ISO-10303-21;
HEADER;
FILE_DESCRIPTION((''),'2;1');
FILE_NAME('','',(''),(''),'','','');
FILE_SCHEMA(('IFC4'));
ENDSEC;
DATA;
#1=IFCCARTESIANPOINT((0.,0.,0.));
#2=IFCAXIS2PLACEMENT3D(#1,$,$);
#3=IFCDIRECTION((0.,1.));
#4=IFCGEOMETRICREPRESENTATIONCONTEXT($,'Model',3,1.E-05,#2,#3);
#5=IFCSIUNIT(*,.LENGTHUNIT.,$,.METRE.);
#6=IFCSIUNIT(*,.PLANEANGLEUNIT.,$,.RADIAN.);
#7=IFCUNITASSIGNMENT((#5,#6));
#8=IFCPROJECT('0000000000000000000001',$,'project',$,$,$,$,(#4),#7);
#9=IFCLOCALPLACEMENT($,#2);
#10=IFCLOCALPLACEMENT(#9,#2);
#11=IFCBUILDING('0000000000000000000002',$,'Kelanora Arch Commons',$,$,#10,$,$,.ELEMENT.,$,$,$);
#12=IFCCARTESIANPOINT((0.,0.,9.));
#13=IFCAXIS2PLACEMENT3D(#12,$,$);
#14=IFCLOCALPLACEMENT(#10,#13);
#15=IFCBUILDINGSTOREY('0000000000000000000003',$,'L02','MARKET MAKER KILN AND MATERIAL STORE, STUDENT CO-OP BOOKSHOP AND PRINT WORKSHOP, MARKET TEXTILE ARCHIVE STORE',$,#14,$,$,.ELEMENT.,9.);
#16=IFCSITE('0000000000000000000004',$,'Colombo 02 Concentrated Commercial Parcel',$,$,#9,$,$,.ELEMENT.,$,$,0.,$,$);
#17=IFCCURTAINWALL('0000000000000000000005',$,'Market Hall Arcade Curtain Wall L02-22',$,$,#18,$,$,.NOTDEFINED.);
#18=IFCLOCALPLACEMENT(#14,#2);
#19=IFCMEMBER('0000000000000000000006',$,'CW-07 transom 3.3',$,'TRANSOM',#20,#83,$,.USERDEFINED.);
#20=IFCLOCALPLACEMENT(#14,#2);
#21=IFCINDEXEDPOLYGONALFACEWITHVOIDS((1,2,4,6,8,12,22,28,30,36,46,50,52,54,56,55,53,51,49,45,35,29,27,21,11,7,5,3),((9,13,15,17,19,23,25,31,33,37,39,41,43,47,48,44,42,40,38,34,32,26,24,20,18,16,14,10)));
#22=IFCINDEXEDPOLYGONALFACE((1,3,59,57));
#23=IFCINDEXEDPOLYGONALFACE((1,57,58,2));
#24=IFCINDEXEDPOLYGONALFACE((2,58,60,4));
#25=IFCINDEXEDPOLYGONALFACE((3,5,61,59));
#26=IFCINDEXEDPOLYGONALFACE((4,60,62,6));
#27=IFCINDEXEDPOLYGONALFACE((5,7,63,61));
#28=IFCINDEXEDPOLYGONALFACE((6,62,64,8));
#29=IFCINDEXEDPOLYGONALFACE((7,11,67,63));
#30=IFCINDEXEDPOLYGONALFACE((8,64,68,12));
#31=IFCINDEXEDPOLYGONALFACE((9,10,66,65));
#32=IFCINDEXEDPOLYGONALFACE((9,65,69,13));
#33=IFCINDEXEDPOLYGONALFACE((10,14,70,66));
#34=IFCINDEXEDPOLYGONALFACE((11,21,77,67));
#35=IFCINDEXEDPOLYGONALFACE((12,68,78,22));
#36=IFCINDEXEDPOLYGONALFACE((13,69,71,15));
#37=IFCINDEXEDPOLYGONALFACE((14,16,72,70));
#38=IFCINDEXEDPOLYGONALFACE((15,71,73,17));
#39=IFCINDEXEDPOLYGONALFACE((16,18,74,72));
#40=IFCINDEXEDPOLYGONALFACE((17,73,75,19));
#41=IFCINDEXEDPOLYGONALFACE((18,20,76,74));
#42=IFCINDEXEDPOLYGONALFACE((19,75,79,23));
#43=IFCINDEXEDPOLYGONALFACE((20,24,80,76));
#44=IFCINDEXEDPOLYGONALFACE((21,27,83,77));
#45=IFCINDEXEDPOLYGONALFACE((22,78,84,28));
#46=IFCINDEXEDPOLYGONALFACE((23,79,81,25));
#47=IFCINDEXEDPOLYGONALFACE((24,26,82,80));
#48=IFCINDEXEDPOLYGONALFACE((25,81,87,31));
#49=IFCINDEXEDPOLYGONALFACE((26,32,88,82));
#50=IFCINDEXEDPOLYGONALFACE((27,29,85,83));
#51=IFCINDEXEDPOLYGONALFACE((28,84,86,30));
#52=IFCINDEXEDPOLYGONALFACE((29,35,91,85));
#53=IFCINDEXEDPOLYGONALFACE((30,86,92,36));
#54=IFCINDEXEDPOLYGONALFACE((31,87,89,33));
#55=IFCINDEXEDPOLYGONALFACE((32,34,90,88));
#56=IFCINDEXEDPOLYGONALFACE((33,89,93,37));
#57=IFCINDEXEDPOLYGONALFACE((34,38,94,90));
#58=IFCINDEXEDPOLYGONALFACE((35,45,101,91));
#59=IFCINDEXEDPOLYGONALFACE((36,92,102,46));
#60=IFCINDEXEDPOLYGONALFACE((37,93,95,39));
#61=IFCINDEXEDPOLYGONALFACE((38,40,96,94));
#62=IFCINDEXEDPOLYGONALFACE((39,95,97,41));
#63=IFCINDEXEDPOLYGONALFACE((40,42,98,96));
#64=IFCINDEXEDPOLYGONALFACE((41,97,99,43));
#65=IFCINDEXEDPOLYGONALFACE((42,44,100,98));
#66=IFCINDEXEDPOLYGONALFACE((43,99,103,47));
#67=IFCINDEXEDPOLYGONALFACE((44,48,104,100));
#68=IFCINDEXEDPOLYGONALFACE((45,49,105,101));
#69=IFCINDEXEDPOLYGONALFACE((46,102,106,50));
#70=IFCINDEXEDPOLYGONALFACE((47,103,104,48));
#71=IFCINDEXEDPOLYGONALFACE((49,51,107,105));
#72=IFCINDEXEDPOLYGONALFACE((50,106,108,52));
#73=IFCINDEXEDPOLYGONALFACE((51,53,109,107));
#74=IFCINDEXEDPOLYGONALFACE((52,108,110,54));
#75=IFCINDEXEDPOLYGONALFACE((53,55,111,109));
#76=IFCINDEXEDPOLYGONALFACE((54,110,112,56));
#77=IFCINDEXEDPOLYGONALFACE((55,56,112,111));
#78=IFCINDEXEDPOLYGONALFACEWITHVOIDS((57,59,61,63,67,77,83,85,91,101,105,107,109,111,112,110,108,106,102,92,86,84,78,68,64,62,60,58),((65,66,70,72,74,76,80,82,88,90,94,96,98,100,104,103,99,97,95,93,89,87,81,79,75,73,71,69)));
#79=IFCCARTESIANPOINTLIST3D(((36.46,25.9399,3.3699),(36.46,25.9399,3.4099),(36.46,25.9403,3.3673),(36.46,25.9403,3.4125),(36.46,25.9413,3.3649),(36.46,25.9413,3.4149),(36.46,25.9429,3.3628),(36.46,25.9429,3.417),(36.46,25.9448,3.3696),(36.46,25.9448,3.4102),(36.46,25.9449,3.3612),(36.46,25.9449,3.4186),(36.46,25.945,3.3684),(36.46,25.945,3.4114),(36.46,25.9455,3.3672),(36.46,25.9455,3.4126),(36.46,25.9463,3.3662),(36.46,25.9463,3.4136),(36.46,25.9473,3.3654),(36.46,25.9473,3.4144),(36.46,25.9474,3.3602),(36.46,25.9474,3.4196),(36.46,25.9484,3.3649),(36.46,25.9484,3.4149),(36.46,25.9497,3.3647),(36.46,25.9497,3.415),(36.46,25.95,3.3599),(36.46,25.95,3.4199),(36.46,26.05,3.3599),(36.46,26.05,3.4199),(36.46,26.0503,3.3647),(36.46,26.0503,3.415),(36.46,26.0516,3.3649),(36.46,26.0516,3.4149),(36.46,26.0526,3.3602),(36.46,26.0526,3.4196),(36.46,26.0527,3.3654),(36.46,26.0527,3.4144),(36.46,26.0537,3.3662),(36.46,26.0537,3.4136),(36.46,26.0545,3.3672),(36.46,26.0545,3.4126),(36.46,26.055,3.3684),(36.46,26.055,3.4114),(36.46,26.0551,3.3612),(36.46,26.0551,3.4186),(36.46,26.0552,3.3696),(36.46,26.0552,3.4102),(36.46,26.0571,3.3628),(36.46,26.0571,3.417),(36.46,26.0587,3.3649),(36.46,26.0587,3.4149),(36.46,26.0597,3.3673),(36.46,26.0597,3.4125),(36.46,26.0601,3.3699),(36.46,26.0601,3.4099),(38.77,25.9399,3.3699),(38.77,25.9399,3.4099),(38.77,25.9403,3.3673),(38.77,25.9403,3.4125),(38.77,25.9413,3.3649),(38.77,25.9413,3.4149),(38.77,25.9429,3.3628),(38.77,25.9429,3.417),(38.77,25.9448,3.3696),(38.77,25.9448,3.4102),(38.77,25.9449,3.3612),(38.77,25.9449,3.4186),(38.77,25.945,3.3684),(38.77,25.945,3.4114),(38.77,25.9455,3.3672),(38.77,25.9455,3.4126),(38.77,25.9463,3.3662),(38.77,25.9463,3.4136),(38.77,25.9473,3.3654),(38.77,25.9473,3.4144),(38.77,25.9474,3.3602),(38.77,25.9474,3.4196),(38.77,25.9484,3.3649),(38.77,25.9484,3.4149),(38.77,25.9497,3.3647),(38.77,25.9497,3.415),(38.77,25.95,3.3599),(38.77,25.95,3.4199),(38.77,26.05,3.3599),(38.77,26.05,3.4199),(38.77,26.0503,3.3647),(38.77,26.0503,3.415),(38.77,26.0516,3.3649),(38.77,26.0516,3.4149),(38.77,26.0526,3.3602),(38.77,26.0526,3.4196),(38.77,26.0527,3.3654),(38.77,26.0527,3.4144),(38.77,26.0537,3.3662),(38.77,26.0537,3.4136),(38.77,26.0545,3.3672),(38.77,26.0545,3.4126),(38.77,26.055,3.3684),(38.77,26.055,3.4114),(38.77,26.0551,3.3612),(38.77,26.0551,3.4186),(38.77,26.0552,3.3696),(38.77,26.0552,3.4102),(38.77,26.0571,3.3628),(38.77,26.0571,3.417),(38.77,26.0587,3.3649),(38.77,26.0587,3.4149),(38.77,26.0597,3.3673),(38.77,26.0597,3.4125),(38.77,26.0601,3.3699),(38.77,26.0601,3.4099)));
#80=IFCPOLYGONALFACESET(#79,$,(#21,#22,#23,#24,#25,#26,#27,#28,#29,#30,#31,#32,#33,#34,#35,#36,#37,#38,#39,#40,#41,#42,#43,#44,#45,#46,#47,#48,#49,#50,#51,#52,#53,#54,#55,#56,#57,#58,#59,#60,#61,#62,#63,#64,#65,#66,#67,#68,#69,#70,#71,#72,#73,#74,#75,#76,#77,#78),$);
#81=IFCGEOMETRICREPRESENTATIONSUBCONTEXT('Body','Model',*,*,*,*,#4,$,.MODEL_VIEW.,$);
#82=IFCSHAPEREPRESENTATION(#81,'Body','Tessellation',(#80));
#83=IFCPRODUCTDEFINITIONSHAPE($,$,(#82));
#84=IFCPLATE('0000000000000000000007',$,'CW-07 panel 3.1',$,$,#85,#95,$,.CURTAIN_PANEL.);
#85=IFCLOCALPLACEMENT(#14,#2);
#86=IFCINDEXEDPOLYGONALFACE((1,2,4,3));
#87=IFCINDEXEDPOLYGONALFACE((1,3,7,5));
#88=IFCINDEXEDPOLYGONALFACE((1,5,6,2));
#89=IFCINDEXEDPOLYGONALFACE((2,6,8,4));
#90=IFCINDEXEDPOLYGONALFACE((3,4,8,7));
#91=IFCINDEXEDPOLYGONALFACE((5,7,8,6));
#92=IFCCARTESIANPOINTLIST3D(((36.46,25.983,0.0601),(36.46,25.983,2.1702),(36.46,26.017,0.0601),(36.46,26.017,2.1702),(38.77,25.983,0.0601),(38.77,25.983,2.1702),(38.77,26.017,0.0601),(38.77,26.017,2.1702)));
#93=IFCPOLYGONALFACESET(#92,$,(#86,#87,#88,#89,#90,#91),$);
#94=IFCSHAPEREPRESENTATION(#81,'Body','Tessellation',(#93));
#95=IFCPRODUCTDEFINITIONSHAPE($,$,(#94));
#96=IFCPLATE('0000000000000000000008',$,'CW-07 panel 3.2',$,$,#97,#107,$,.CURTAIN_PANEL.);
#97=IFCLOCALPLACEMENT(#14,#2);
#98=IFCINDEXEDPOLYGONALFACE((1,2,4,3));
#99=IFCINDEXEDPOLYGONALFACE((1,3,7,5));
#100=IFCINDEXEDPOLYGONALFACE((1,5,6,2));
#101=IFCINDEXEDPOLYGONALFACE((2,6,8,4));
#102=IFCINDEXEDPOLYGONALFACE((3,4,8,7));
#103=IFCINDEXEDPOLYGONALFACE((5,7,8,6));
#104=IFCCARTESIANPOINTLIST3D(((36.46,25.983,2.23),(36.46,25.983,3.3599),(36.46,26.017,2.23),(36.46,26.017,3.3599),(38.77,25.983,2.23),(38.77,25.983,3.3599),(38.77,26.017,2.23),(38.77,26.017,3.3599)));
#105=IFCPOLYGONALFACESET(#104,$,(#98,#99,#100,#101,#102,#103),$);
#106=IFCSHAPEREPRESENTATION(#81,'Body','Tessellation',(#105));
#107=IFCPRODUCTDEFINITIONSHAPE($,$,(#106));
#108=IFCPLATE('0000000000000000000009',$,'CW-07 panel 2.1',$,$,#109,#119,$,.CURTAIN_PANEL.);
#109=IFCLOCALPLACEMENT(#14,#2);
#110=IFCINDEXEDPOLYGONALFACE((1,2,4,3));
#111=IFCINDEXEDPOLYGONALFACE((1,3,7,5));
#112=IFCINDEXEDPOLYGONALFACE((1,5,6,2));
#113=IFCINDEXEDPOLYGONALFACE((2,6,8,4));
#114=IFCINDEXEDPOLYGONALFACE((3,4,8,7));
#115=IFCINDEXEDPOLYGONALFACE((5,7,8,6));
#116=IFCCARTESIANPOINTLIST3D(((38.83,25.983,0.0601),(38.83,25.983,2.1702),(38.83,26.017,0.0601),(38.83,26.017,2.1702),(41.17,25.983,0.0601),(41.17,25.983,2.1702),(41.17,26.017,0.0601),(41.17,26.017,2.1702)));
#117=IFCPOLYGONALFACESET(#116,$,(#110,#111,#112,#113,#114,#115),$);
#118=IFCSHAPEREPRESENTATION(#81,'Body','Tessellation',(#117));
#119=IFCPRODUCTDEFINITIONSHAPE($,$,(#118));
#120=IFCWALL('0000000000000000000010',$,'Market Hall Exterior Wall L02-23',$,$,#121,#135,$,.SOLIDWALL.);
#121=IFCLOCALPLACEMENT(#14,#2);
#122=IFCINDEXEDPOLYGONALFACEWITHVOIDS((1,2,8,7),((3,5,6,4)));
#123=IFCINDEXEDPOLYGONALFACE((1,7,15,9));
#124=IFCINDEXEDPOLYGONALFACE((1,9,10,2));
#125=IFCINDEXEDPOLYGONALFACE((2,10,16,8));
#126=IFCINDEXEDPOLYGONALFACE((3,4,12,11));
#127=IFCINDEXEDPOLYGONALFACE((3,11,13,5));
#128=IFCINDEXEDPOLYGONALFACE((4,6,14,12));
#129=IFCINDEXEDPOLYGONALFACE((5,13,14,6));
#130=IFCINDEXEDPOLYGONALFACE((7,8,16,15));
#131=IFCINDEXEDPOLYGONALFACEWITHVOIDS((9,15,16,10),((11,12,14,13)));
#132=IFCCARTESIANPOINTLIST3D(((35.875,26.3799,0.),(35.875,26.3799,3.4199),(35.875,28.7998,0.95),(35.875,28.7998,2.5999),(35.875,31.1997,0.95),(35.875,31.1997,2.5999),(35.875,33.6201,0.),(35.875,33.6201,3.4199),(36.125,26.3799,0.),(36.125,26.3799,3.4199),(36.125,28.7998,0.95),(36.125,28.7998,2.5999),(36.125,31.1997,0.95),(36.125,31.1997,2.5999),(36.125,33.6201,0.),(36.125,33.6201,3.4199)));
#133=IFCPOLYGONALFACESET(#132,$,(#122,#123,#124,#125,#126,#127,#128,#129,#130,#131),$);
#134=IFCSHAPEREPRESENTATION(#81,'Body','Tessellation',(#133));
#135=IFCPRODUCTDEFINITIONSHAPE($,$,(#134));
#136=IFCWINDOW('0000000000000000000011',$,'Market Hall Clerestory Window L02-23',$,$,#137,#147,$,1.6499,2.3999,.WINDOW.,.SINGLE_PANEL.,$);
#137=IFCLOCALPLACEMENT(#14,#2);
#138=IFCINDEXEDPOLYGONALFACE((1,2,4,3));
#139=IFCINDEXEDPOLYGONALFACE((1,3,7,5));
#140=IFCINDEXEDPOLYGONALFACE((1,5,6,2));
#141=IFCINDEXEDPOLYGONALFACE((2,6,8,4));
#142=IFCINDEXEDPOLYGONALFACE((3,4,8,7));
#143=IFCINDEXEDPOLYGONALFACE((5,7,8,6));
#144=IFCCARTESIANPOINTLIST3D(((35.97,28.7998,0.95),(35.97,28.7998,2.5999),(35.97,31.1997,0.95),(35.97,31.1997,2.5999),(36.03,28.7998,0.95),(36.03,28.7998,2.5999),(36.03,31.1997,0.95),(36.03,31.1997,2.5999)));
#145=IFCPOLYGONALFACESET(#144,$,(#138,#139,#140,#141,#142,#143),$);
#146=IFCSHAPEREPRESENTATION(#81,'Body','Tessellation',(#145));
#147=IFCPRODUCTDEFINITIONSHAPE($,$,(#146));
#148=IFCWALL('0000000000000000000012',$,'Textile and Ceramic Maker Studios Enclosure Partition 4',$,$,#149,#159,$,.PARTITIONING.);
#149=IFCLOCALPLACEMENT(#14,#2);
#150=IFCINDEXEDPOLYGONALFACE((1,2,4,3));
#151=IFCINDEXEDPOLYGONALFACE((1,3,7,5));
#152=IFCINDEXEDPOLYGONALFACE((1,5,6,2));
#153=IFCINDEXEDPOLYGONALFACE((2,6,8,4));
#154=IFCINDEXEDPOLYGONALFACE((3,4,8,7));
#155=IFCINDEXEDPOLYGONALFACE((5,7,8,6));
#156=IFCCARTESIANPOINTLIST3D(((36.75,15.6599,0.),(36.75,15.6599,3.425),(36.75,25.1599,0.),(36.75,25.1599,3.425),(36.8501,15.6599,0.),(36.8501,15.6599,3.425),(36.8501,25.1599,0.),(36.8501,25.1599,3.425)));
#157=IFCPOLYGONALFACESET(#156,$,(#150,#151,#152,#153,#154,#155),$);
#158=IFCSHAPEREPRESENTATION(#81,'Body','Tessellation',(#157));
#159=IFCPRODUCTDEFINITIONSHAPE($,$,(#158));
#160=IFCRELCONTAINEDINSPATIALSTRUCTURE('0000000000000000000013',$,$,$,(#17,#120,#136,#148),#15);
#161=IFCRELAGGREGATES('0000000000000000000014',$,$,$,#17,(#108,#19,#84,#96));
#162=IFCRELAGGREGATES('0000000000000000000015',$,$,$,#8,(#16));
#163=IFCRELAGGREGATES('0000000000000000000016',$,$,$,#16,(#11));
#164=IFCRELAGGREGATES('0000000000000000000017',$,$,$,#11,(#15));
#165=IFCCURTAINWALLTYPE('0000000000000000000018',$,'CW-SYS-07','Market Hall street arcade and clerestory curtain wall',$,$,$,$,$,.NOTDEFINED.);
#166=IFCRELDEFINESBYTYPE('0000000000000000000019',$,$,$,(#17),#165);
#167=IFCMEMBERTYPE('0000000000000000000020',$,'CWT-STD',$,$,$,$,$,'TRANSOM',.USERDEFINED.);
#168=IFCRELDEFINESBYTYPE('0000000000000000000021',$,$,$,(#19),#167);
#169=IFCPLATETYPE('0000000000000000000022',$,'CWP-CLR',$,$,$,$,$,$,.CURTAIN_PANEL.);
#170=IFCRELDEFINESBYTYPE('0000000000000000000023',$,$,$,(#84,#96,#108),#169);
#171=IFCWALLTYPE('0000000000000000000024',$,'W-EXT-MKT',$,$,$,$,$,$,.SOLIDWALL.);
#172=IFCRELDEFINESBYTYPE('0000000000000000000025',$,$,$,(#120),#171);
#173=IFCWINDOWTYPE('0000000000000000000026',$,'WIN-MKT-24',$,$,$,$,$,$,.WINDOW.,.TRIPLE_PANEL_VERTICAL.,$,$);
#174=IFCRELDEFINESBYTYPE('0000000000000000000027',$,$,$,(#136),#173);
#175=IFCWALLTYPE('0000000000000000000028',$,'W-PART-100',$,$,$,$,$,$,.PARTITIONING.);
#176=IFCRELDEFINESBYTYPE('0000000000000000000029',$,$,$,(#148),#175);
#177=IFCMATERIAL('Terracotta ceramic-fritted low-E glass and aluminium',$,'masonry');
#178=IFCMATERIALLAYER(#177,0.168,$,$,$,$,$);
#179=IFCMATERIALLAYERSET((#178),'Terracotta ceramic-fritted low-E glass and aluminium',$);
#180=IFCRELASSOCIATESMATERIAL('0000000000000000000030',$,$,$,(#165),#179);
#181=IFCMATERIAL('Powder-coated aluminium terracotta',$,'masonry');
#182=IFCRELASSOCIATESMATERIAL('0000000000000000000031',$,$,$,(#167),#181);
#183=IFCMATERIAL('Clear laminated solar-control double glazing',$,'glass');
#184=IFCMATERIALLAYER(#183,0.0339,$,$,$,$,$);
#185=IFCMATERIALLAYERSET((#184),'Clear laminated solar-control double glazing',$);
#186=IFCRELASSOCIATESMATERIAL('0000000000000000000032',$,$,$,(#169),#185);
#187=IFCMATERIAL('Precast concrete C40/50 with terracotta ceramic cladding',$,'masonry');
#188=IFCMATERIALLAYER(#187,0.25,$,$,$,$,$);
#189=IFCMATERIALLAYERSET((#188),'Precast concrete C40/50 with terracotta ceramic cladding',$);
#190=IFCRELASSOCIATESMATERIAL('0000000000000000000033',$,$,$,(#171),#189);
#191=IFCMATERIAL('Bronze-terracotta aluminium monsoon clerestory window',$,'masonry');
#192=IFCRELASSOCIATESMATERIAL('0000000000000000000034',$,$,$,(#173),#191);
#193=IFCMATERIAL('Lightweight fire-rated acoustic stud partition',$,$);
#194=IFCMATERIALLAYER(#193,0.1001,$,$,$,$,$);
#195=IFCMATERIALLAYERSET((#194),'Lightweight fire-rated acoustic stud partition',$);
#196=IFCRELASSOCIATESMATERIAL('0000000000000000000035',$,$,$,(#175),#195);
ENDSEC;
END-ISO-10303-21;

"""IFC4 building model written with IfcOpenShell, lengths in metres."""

from ifc_helpers import new_model, si_unit, direction, frame, frame_2d, origin, origin_2d, place, context, subcontext, project, spatial, rectangle, hollow_rectangle, extrude, source, transform, mapped, material, layer, layer_set, material_profile, profile_set, type_object, element, fill, aggregate, save


model = new_model("IFC4")

# Units and contexts
model_context = context("Model", 3, precision=1e-05, world=origin(), true_north=direction((0.0, 1.0)))
body_context = subcontext(model_context, "Body", "Model", "MODEL_VIEW")
ifc_project = project(units=[si_unit("LENGTHUNIT", "METRE"), si_unit("PLANEANGLEUNIT", "RADIAN")], contexts=[model_context])

# Site, building, storey
site_placement = place(None, origin())
site = spatial("IfcSite", under=ifc_project, at=site_placement, Name="Colombo 02 Concentrated Commercial Parcel", CompositionType="ELEMENT", RefElevation=0.0)
building_placement = place(site_placement, origin())
building = spatial("IfcBuilding", under=site, at=building_placement, Name="Kelanora Arch Commons", CompositionType="ELEMENT")
storey_placement = place(building_placement, frame((0.0, 0.0, 9.0)))
storey = spatial("IfcBuildingStorey", under=building, at=storey_placement, Name="L02", Description="MARKET MAKER KILN AND MATERIAL STORE, STUDENT CO-OP BOOKSHOP AND PRINT WORKSHOP, MARKET TEXTILE ARCHIVE STORE", CompositionType="ELEMENT", Elevation=9.0)

# Curtain wall, member, plates
ifc_material_1 = material(Name="Terracotta ceramic-fritted low-E glass and aluminium", Category="masonry")
ifc_layer_1 = layer(ifc_material_1, 0.168)
ifc_layer_set_1 = layer_set([ifc_layer_1], Name="Terracotta ceramic-fritted low-E glass and aluminium")
curtain_wall_type = type_object("IfcCurtainWallType", Name="CW-SYS-07", Description="Market Hall street arcade and clerestory curtain wall", PredefinedType="NOTDEFINED", material=ifc_layer_set_1)
curtain_wall_placement = place(storey_placement, origin())
curtain_wall = element("IfcCurtainWall", 1, at=curtain_wall_placement, inside=storey, type_object=curtain_wall_type, Name="Market Hall Arcade Curtain Wall L02-22", PredefinedType="NOTDEFINED")
ifc_material_2 = material(Name="Powder-coated aluminium terracotta", Category="masonry")
ifc_material_profile_1 = material_profile(ifc_material_2, hollow_rectangle(XDim=0.1201, YDim=0.0601, WallThickness=0.0049, InnerFilletRadius=0.0049, OuterFilletRadius=0.01, at=origin_2d()), Name="CWT120x60")
ifc_profile_set_1 = profile_set([ifc_material_profile_1], Name="Powder-coated aluminium terracotta")
member_type_1 = type_object("IfcMemberType", Name="CWT-STD", ElementType="TRANSOM", PredefinedType="USERDEFINED", material=ifc_profile_set_1)
member_1_placement = place(storey_placement, frame((38.77, 26.0, 3.3899), z_axis=(-1.0, 0.0, 0.0), x_axis=(0.0, -1.0, 0.0)))
member_1 = element("IfcMember", 2, at=member_1_placement, type_object=member_type_1, Name="CW-07 transom 3.3", ObjectType="TRANSOM", PredefinedType="USERDEFINED", context=body_context, shape_type="SweptSolid", body=[
    extrude(hollow_rectangle(XDim=0.1201, YDim=0.0601, WallThickness=0.0049, InnerFilletRadius=0.0049, OuterFilletRadius=0.01, at=origin_2d()), origin(), (0.0, 0.0, 1.0), 2.3101),
])
ifc_material_3 = material(Name="Clear laminated solar-control double glazing", Category="glass")
ifc_layer_2 = layer(ifc_material_3, 0.0339)
ifc_layer_set_2 = layer_set([ifc_layer_2], Name="Clear laminated solar-control double glazing")
plate_type = type_object("IfcPlateType", Name="CWP-CLR", PredefinedType="CURTAIN_PANEL", material=ifc_layer_set_2)
shared_shape_1 = source(origin(), body_context, "Body", "SweptSolid", [
    extrude(rectangle(XDim=2.3101, YDim=0.0339, at=origin_2d()), origin(), (0.0, 0.0, 1.0), 2.1101),
])
plate_1_placement = place(storey_placement, frame((37.615, 26.0, 0.0601), z_axis=(0.0, 0.0, 1.0), x_axis=(-1.0, 0.0, 0.0)))
plate_1 = element("IfcPlate", 3, at=plate_1_placement, type_object=plate_type, Name="CW-07 panel 3.1", PredefinedType="CURTAIN_PANEL", context=body_context, shape_type="MappedRepresentation", body=[
    mapped(shared_shape_1, transform((0.0, 0.0, 0.0), scale=1.0)),
])
shared_shape_2 = source(origin(), body_context, "Body", "SweptSolid", [
    extrude(rectangle(XDim=2.3101, YDim=0.0339, at=origin_2d()), origin(), (0.0, 0.0, 1.0), 1.1299),
])
plate_2_placement = place(storey_placement, frame((37.615, 26.0, 2.23), z_axis=(0.0, 0.0, 1.0), x_axis=(-1.0, 0.0, 0.0)))
plate_2 = element("IfcPlate", 4, at=plate_2_placement, type_object=plate_type, Name="CW-07 panel 3.2", PredefinedType="CURTAIN_PANEL", context=body_context, shape_type="MappedRepresentation", body=[
    mapped(shared_shape_2, transform((0.0, 0.0, 0.0), scale=1.0)),
])
shared_shape_3 = source(origin(), body_context, "Body", "SweptSolid", [
    extrude(rectangle(XDim=2.3401, YDim=0.0339, at=origin_2d()), origin(), (0.0, 0.0, 1.0), 2.1101),
])
plate_3_placement = place(storey_placement, frame((40.0, 26.0, 0.0601), z_axis=(0.0, 0.0, 1.0), x_axis=(-1.0, 0.0, 0.0)))
plate_3 = element("IfcPlate", 5, at=plate_3_placement, type_object=plate_type, Name="CW-07 panel 2.1", PredefinedType="CURTAIN_PANEL", context=body_context, shape_type="MappedRepresentation", body=[
    mapped(shared_shape_3, transform((0.0, 0.0, 0.0), scale=1.0)),
])
aggregate(curtain_wall, [plate_3, member_1, plate_1, plate_2])

# Wall, opening, window
ifc_material_4 = material(Name="Precast concrete C40/50 with terracotta ceramic cladding", Category="masonry")
ifc_layer_3 = layer(ifc_material_4, 0.25)
ifc_layer_set_3 = layer_set([ifc_layer_3], Name="Precast concrete C40/50 with terracotta ceramic cladding")
wall_type_1 = type_object("IfcWallType", Name="W-EXT-MKT", PredefinedType="SOLIDWALL", material=ifc_layer_set_3)
wall_1_placement = place(storey_placement, frame((36.0, 26.3799, 0.0), z_axis=(0.0, 0.0, 1.0), x_axis=(0.0, 1.0, 0.0)))
wall_1 = element("IfcWall", 6, at=wall_1_placement, inside=storey, type_object=wall_type_1, Name="Market Hall Exterior Wall L02-23", PredefinedType="SOLIDWALL", context=body_context, shape_type="SweptSolid", body=[
    extrude(rectangle(XDim=7.2402, YDim=0.25, at=frame_2d((3.6201, 0.0))), origin(), (0.0, 0.0, 1.0), 3.4199),
])
opening_placement = place(wall_1_placement, frame((2.4199, 0.0, 0.95)))
opening = element("IfcOpeningElement", 7, at=opening_placement, cuts=wall_1, PredefinedType="OPENING", context=body_context, shape_type="SweptSolid", body=[
    extrude(rectangle(XDim=2.3999, YDim=1.6499, at=frame_2d((1.2, 0.825))), frame((0.0, 0.135, 0.0), z_axis=(0.0, -1.0, 0.0), x_axis=(1.0, 0.0, 0.0)), (0.0, 0.0, 1.0), 0.27),
])
ifc_material_5 = material(Name="Bronze-terracotta aluminium monsoon clerestory window", Category="masonry")
window_type = type_object("IfcWindowType", Name="WIN-MKT-24", PartitioningType="TRIPLE_PANEL_VERTICAL", PredefinedType="WINDOW", material=ifc_material_5)
window_placement = place(opening_placement, origin())
window = element("IfcWindow", 8, at=window_placement, inside=storey, type_object=window_type, Name="Market Hall Clerestory Window L02-23", OverallHeight=1.6499, OverallWidth=2.3999, PartitioningType="SINGLE_PANEL", PredefinedType="WINDOW", context=body_context, shape_type="SweptSolid", body=[
    extrude(rectangle(XDim=2.3999, YDim=1.6499, at=frame_2d((1.2, 0.825))), frame((0.0, 0.03, 0.0), z_axis=(0.0, -1.0, 0.0), x_axis=(1.0, 0.0, 0.0)), (0.0, 0.0, 1.0), 0.0601),
])
fill(opening, window)

# Wall
ifc_material_6 = material(Name="Lightweight fire-rated acoustic stud partition")
ifc_layer_4 = layer(ifc_material_6, 0.1001)
ifc_layer_set_4 = layer_set([ifc_layer_4], Name="Lightweight fire-rated acoustic stud partition")
wall_type_2 = type_object("IfcWallType", Name="W-PART-100", PredefinedType="PARTITIONING", material=ifc_layer_set_4)
wall_2_placement = place(storey_placement, frame((36.8, 25.1599, 0.0), z_axis=(0.0, 0.0, 1.0), x_axis=(0.0, -1.0, 0.0)))
element("IfcWall", 9, at=wall_2_placement, inside=storey, type_object=wall_type_2, Name="Textile and Ceramic Maker Studios Enclosure Partition 4", PredefinedType="PARTITIONING", context=body_context, shape_type="SweptSolid", body=[
    extrude(rectangle(XDim=9.5, YDim=0.1001, at=frame_2d((4.75, 0.0))), origin(), (0.0, 0.0, 1.0), 3.425),
])

save(model, "model.ifc")
